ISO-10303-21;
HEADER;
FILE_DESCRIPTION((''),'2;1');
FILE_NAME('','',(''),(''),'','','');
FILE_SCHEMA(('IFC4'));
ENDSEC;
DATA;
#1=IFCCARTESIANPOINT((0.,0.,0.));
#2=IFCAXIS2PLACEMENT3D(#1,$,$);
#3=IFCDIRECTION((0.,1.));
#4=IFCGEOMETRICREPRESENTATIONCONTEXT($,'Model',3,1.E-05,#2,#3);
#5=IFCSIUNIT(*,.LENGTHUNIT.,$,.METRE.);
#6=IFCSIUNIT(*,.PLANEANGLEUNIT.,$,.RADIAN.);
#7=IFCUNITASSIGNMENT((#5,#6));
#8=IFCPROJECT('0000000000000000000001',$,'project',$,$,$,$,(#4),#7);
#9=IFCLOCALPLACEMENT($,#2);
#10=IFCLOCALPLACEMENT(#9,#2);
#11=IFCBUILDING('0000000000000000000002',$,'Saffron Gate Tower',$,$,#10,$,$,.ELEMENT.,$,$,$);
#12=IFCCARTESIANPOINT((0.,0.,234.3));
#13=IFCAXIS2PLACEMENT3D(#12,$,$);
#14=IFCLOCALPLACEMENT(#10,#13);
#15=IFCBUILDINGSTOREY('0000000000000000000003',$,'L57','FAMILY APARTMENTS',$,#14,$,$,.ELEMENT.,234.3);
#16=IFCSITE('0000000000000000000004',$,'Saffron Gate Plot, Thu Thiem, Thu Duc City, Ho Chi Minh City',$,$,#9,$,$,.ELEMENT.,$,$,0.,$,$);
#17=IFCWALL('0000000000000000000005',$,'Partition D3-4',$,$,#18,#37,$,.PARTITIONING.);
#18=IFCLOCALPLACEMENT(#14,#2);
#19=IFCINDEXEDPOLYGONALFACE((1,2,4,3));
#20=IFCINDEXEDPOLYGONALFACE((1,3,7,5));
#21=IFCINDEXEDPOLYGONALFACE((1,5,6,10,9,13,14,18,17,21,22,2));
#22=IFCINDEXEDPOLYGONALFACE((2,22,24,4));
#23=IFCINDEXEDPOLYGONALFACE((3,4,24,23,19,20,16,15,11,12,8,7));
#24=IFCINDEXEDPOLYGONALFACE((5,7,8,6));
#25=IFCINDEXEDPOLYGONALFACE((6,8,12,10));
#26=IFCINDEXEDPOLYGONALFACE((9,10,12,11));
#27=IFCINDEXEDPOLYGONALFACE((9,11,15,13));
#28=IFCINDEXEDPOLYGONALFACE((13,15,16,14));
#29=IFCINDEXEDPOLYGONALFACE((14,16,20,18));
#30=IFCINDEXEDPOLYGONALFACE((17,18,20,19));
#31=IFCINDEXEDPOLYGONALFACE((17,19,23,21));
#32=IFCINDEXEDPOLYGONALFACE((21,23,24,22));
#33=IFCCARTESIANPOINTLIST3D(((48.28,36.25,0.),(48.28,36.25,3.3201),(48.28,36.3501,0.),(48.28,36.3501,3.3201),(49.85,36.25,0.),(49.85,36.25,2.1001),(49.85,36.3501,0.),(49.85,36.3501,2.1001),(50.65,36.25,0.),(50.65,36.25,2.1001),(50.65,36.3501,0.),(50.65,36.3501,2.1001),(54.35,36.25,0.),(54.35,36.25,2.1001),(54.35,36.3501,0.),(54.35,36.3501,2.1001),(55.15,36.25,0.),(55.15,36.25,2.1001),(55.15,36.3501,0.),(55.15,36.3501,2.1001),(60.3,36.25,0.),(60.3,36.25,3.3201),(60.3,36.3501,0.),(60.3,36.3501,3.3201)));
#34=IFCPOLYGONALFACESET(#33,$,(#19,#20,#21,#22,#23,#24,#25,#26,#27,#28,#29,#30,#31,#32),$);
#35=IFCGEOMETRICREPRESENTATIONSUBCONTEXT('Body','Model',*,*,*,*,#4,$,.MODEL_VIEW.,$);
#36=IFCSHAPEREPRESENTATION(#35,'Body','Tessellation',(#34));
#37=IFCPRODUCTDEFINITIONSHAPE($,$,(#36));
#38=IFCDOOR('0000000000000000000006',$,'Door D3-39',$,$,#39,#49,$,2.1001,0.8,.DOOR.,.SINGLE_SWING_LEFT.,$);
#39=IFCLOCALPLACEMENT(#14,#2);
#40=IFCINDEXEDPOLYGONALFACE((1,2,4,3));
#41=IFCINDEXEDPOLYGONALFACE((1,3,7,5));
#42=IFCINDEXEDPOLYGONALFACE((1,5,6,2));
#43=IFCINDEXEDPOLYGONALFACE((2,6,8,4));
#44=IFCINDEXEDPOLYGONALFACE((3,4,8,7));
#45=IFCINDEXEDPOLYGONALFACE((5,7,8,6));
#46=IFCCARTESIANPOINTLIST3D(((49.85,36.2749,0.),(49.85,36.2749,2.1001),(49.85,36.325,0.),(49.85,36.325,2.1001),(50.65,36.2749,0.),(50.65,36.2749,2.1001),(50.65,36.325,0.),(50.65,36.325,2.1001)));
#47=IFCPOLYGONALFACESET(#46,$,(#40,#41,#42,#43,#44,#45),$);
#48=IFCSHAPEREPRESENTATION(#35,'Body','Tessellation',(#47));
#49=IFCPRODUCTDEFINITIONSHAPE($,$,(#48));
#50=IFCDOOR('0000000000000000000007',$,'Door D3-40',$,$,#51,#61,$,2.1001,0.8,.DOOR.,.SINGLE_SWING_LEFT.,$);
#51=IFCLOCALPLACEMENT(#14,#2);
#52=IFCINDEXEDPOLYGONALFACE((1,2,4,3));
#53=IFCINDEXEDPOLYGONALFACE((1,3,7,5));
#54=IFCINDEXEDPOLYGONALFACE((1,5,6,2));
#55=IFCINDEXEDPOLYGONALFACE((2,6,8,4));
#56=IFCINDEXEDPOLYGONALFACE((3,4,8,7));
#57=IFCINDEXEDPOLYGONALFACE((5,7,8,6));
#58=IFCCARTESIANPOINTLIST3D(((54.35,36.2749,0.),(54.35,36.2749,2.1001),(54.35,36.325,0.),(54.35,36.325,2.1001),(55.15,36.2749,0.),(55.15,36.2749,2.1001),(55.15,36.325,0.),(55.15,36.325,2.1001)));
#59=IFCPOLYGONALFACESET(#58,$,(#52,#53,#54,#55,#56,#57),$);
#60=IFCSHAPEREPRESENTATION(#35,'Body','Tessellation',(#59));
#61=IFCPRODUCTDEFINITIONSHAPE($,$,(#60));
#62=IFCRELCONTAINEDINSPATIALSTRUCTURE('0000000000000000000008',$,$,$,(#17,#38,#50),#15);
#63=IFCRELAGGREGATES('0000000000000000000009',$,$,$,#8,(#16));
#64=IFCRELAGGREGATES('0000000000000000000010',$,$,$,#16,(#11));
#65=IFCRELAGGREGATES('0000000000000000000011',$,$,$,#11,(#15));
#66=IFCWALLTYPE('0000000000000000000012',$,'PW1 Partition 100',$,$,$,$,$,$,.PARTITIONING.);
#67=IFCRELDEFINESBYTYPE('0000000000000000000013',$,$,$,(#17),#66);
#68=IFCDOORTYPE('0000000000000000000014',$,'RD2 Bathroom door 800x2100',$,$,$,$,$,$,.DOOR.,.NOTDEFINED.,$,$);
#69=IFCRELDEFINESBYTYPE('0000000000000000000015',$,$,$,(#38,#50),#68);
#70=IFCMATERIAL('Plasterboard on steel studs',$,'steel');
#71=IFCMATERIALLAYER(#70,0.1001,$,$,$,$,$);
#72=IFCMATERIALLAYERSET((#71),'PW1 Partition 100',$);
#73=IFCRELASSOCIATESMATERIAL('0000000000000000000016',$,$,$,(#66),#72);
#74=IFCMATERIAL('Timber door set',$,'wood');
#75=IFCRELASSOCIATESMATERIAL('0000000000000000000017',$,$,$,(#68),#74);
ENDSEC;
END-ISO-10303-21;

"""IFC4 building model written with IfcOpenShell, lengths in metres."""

from ifc_helpers import new_model, si_unit, direction, frame, frame_2d, origin, place, context, subcontext, project, spatial, rectangle, extrude, material, layer, layer_set, type_object, element, fill, save


model = new_model("IFC4")

# Units and contexts
model_context = context("Model", 3, precision=1e-05, world=origin(), true_north=direction((0.0, 1.0)))
body_context = subcontext(model_context, "Body", "Model", "MODEL_VIEW")
ifc_project = project(units=[si_unit("LENGTHUNIT", "METRE"), si_unit("PLANEANGLEUNIT", "RADIAN")], contexts=[model_context])

# Site, building, storey
site_placement = place(None, origin())
site = spatial("IfcSite", under=ifc_project, at=site_placement, Name="Saffron Gate Plot, Thu Thiem, Thu Duc City, Ho Chi Minh City", CompositionType="ELEMENT", RefElevation=0.0)
building_placement = place(site_placement, origin())
building = spatial("IfcBuilding", under=site, at=building_placement, Name="Saffron Gate Tower", CompositionType="ELEMENT")
storey_placement = place(building_placement, frame((0.0, 0.0, 234.3)))
storey = spatial("IfcBuildingStorey", under=building, at=storey_placement, Name="L57", Description="FAMILY APARTMENTS", CompositionType="ELEMENT", Elevation=234.3)

# Shared definitions
ifc_material_1 = material(Name="Plasterboard on steel studs", Category="steel")
ifc_layer_1 = layer(ifc_material_1, 0.1001)
ifc_layer_set_1 = layer_set([ifc_layer_1], Name="PW1 Partition 100")
wall_type = type_object("IfcWallType", Name="PW1 Partition 100", PredefinedType="PARTITIONING", material=ifc_layer_set_1)

# Wall, openings, doors
wall_1_placement = place(storey_placement, frame((48.28, 36.3, 0.0), z_axis=(0.0, 0.0, 1.0), x_axis=(1.0, 0.0, 0.0)))
wall_1 = element("IfcWall", 1, at=wall_1_placement, inside=storey, type_object=wall_type, Name="Partition D3-4", PredefinedType="PARTITIONING", context=body_context, shape_type="SweptSolid", body=[
    extrude(rectangle(XDim=12.02, YDim=0.1001, at=frame_2d((6.01, 0.0))), origin(), (0.0, 0.0, 1.0), 3.3201),
])
opening_1_placement = place(wall_1_placement, frame((1.5701, 0.0, 0.0)))
opening_1 = element("IfcOpeningElement", 2, at=opening_1_placement, cuts=wall_1, PredefinedType="OPENING", context=body_context, shape_type="SweptSolid", body=[
    extrude(rectangle(XDim=0.8, YDim=2.1001, at=frame_2d((0.3999, 1.05))), frame((0.0, 0.0601, 0.0), z_axis=(0.0, -1.0, 0.0), x_axis=(1.0, 0.0, 0.0)), (0.0, 0.0, 1.0), 0.1201),
])
opening_2_placement = place(wall_1_placement, frame((6.0701, 0.0, 0.0)))
opening_2 = element("IfcOpeningElement", 3, at=opening_2_placement, cuts=wall_1, PredefinedType="OPENING", context=body_context, shape_type="SweptSolid", body=[
    extrude(rectangle(XDim=0.8, YDim=2.1001, at=frame_2d((0.3999, 1.05))), frame((0.0, 0.0601, 0.0), z_axis=(0.0, -1.0, 0.0), x_axis=(1.0, 0.0, 0.0)), (0.0, 0.0, 1.0), 0.1201),
])
ifc_material_2 = material(Name="Timber door set", Category="wood")
door_type = type_object("IfcDoorType", Name="RD2 Bathroom door 800x2100", OperationType="NOTDEFINED", PredefinedType="DOOR", material=ifc_material_2)
door_1_placement = place(opening_1_placement, origin())
door_1 = element("IfcDoor", 4, at=door_1_placement, inside=storey, type_object=door_type, Name="Door D3-39", OperationType="SINGLE_SWING_LEFT", OverallHeight=2.1001, OverallWidth=0.8, PredefinedType="DOOR", context=body_context, shape_type="SweptSolid", body=[
    extrude(rectangle(XDim=0.8, YDim=2.1001, at=frame_2d((0.3999, 1.05))), frame((0.0, 0.0249, 0.0), z_axis=(0.0, -1.0, 0.0), x_axis=(1.0, 0.0, 0.0)), (0.0, 0.0, 1.0), 0.05),
])
fill(opening_1, door_1)
door_2_placement = place(opening_2_placement, origin())
door_2 = element("IfcDoor", 5, at=door_2_placement, inside=storey, type_object=door_type, Name="Door D3-40", OperationType="SINGLE_SWING_LEFT", OverallHeight=2.1001, OverallWidth=0.8, PredefinedType="DOOR", context=body_context, shape_type="SweptSolid", body=[
    extrude(rectangle(XDim=0.8, YDim=2.1001, at=frame_2d((0.3999, 1.05))), frame((0.0, 0.0249, 0.0), z_axis=(0.0, -1.0, 0.0), x_axis=(1.0, 0.0, 0.0)), (0.0, 0.0, 1.0), 0.05),
])
fill(opening_2, door_2)

save(model, "model.ifc")
